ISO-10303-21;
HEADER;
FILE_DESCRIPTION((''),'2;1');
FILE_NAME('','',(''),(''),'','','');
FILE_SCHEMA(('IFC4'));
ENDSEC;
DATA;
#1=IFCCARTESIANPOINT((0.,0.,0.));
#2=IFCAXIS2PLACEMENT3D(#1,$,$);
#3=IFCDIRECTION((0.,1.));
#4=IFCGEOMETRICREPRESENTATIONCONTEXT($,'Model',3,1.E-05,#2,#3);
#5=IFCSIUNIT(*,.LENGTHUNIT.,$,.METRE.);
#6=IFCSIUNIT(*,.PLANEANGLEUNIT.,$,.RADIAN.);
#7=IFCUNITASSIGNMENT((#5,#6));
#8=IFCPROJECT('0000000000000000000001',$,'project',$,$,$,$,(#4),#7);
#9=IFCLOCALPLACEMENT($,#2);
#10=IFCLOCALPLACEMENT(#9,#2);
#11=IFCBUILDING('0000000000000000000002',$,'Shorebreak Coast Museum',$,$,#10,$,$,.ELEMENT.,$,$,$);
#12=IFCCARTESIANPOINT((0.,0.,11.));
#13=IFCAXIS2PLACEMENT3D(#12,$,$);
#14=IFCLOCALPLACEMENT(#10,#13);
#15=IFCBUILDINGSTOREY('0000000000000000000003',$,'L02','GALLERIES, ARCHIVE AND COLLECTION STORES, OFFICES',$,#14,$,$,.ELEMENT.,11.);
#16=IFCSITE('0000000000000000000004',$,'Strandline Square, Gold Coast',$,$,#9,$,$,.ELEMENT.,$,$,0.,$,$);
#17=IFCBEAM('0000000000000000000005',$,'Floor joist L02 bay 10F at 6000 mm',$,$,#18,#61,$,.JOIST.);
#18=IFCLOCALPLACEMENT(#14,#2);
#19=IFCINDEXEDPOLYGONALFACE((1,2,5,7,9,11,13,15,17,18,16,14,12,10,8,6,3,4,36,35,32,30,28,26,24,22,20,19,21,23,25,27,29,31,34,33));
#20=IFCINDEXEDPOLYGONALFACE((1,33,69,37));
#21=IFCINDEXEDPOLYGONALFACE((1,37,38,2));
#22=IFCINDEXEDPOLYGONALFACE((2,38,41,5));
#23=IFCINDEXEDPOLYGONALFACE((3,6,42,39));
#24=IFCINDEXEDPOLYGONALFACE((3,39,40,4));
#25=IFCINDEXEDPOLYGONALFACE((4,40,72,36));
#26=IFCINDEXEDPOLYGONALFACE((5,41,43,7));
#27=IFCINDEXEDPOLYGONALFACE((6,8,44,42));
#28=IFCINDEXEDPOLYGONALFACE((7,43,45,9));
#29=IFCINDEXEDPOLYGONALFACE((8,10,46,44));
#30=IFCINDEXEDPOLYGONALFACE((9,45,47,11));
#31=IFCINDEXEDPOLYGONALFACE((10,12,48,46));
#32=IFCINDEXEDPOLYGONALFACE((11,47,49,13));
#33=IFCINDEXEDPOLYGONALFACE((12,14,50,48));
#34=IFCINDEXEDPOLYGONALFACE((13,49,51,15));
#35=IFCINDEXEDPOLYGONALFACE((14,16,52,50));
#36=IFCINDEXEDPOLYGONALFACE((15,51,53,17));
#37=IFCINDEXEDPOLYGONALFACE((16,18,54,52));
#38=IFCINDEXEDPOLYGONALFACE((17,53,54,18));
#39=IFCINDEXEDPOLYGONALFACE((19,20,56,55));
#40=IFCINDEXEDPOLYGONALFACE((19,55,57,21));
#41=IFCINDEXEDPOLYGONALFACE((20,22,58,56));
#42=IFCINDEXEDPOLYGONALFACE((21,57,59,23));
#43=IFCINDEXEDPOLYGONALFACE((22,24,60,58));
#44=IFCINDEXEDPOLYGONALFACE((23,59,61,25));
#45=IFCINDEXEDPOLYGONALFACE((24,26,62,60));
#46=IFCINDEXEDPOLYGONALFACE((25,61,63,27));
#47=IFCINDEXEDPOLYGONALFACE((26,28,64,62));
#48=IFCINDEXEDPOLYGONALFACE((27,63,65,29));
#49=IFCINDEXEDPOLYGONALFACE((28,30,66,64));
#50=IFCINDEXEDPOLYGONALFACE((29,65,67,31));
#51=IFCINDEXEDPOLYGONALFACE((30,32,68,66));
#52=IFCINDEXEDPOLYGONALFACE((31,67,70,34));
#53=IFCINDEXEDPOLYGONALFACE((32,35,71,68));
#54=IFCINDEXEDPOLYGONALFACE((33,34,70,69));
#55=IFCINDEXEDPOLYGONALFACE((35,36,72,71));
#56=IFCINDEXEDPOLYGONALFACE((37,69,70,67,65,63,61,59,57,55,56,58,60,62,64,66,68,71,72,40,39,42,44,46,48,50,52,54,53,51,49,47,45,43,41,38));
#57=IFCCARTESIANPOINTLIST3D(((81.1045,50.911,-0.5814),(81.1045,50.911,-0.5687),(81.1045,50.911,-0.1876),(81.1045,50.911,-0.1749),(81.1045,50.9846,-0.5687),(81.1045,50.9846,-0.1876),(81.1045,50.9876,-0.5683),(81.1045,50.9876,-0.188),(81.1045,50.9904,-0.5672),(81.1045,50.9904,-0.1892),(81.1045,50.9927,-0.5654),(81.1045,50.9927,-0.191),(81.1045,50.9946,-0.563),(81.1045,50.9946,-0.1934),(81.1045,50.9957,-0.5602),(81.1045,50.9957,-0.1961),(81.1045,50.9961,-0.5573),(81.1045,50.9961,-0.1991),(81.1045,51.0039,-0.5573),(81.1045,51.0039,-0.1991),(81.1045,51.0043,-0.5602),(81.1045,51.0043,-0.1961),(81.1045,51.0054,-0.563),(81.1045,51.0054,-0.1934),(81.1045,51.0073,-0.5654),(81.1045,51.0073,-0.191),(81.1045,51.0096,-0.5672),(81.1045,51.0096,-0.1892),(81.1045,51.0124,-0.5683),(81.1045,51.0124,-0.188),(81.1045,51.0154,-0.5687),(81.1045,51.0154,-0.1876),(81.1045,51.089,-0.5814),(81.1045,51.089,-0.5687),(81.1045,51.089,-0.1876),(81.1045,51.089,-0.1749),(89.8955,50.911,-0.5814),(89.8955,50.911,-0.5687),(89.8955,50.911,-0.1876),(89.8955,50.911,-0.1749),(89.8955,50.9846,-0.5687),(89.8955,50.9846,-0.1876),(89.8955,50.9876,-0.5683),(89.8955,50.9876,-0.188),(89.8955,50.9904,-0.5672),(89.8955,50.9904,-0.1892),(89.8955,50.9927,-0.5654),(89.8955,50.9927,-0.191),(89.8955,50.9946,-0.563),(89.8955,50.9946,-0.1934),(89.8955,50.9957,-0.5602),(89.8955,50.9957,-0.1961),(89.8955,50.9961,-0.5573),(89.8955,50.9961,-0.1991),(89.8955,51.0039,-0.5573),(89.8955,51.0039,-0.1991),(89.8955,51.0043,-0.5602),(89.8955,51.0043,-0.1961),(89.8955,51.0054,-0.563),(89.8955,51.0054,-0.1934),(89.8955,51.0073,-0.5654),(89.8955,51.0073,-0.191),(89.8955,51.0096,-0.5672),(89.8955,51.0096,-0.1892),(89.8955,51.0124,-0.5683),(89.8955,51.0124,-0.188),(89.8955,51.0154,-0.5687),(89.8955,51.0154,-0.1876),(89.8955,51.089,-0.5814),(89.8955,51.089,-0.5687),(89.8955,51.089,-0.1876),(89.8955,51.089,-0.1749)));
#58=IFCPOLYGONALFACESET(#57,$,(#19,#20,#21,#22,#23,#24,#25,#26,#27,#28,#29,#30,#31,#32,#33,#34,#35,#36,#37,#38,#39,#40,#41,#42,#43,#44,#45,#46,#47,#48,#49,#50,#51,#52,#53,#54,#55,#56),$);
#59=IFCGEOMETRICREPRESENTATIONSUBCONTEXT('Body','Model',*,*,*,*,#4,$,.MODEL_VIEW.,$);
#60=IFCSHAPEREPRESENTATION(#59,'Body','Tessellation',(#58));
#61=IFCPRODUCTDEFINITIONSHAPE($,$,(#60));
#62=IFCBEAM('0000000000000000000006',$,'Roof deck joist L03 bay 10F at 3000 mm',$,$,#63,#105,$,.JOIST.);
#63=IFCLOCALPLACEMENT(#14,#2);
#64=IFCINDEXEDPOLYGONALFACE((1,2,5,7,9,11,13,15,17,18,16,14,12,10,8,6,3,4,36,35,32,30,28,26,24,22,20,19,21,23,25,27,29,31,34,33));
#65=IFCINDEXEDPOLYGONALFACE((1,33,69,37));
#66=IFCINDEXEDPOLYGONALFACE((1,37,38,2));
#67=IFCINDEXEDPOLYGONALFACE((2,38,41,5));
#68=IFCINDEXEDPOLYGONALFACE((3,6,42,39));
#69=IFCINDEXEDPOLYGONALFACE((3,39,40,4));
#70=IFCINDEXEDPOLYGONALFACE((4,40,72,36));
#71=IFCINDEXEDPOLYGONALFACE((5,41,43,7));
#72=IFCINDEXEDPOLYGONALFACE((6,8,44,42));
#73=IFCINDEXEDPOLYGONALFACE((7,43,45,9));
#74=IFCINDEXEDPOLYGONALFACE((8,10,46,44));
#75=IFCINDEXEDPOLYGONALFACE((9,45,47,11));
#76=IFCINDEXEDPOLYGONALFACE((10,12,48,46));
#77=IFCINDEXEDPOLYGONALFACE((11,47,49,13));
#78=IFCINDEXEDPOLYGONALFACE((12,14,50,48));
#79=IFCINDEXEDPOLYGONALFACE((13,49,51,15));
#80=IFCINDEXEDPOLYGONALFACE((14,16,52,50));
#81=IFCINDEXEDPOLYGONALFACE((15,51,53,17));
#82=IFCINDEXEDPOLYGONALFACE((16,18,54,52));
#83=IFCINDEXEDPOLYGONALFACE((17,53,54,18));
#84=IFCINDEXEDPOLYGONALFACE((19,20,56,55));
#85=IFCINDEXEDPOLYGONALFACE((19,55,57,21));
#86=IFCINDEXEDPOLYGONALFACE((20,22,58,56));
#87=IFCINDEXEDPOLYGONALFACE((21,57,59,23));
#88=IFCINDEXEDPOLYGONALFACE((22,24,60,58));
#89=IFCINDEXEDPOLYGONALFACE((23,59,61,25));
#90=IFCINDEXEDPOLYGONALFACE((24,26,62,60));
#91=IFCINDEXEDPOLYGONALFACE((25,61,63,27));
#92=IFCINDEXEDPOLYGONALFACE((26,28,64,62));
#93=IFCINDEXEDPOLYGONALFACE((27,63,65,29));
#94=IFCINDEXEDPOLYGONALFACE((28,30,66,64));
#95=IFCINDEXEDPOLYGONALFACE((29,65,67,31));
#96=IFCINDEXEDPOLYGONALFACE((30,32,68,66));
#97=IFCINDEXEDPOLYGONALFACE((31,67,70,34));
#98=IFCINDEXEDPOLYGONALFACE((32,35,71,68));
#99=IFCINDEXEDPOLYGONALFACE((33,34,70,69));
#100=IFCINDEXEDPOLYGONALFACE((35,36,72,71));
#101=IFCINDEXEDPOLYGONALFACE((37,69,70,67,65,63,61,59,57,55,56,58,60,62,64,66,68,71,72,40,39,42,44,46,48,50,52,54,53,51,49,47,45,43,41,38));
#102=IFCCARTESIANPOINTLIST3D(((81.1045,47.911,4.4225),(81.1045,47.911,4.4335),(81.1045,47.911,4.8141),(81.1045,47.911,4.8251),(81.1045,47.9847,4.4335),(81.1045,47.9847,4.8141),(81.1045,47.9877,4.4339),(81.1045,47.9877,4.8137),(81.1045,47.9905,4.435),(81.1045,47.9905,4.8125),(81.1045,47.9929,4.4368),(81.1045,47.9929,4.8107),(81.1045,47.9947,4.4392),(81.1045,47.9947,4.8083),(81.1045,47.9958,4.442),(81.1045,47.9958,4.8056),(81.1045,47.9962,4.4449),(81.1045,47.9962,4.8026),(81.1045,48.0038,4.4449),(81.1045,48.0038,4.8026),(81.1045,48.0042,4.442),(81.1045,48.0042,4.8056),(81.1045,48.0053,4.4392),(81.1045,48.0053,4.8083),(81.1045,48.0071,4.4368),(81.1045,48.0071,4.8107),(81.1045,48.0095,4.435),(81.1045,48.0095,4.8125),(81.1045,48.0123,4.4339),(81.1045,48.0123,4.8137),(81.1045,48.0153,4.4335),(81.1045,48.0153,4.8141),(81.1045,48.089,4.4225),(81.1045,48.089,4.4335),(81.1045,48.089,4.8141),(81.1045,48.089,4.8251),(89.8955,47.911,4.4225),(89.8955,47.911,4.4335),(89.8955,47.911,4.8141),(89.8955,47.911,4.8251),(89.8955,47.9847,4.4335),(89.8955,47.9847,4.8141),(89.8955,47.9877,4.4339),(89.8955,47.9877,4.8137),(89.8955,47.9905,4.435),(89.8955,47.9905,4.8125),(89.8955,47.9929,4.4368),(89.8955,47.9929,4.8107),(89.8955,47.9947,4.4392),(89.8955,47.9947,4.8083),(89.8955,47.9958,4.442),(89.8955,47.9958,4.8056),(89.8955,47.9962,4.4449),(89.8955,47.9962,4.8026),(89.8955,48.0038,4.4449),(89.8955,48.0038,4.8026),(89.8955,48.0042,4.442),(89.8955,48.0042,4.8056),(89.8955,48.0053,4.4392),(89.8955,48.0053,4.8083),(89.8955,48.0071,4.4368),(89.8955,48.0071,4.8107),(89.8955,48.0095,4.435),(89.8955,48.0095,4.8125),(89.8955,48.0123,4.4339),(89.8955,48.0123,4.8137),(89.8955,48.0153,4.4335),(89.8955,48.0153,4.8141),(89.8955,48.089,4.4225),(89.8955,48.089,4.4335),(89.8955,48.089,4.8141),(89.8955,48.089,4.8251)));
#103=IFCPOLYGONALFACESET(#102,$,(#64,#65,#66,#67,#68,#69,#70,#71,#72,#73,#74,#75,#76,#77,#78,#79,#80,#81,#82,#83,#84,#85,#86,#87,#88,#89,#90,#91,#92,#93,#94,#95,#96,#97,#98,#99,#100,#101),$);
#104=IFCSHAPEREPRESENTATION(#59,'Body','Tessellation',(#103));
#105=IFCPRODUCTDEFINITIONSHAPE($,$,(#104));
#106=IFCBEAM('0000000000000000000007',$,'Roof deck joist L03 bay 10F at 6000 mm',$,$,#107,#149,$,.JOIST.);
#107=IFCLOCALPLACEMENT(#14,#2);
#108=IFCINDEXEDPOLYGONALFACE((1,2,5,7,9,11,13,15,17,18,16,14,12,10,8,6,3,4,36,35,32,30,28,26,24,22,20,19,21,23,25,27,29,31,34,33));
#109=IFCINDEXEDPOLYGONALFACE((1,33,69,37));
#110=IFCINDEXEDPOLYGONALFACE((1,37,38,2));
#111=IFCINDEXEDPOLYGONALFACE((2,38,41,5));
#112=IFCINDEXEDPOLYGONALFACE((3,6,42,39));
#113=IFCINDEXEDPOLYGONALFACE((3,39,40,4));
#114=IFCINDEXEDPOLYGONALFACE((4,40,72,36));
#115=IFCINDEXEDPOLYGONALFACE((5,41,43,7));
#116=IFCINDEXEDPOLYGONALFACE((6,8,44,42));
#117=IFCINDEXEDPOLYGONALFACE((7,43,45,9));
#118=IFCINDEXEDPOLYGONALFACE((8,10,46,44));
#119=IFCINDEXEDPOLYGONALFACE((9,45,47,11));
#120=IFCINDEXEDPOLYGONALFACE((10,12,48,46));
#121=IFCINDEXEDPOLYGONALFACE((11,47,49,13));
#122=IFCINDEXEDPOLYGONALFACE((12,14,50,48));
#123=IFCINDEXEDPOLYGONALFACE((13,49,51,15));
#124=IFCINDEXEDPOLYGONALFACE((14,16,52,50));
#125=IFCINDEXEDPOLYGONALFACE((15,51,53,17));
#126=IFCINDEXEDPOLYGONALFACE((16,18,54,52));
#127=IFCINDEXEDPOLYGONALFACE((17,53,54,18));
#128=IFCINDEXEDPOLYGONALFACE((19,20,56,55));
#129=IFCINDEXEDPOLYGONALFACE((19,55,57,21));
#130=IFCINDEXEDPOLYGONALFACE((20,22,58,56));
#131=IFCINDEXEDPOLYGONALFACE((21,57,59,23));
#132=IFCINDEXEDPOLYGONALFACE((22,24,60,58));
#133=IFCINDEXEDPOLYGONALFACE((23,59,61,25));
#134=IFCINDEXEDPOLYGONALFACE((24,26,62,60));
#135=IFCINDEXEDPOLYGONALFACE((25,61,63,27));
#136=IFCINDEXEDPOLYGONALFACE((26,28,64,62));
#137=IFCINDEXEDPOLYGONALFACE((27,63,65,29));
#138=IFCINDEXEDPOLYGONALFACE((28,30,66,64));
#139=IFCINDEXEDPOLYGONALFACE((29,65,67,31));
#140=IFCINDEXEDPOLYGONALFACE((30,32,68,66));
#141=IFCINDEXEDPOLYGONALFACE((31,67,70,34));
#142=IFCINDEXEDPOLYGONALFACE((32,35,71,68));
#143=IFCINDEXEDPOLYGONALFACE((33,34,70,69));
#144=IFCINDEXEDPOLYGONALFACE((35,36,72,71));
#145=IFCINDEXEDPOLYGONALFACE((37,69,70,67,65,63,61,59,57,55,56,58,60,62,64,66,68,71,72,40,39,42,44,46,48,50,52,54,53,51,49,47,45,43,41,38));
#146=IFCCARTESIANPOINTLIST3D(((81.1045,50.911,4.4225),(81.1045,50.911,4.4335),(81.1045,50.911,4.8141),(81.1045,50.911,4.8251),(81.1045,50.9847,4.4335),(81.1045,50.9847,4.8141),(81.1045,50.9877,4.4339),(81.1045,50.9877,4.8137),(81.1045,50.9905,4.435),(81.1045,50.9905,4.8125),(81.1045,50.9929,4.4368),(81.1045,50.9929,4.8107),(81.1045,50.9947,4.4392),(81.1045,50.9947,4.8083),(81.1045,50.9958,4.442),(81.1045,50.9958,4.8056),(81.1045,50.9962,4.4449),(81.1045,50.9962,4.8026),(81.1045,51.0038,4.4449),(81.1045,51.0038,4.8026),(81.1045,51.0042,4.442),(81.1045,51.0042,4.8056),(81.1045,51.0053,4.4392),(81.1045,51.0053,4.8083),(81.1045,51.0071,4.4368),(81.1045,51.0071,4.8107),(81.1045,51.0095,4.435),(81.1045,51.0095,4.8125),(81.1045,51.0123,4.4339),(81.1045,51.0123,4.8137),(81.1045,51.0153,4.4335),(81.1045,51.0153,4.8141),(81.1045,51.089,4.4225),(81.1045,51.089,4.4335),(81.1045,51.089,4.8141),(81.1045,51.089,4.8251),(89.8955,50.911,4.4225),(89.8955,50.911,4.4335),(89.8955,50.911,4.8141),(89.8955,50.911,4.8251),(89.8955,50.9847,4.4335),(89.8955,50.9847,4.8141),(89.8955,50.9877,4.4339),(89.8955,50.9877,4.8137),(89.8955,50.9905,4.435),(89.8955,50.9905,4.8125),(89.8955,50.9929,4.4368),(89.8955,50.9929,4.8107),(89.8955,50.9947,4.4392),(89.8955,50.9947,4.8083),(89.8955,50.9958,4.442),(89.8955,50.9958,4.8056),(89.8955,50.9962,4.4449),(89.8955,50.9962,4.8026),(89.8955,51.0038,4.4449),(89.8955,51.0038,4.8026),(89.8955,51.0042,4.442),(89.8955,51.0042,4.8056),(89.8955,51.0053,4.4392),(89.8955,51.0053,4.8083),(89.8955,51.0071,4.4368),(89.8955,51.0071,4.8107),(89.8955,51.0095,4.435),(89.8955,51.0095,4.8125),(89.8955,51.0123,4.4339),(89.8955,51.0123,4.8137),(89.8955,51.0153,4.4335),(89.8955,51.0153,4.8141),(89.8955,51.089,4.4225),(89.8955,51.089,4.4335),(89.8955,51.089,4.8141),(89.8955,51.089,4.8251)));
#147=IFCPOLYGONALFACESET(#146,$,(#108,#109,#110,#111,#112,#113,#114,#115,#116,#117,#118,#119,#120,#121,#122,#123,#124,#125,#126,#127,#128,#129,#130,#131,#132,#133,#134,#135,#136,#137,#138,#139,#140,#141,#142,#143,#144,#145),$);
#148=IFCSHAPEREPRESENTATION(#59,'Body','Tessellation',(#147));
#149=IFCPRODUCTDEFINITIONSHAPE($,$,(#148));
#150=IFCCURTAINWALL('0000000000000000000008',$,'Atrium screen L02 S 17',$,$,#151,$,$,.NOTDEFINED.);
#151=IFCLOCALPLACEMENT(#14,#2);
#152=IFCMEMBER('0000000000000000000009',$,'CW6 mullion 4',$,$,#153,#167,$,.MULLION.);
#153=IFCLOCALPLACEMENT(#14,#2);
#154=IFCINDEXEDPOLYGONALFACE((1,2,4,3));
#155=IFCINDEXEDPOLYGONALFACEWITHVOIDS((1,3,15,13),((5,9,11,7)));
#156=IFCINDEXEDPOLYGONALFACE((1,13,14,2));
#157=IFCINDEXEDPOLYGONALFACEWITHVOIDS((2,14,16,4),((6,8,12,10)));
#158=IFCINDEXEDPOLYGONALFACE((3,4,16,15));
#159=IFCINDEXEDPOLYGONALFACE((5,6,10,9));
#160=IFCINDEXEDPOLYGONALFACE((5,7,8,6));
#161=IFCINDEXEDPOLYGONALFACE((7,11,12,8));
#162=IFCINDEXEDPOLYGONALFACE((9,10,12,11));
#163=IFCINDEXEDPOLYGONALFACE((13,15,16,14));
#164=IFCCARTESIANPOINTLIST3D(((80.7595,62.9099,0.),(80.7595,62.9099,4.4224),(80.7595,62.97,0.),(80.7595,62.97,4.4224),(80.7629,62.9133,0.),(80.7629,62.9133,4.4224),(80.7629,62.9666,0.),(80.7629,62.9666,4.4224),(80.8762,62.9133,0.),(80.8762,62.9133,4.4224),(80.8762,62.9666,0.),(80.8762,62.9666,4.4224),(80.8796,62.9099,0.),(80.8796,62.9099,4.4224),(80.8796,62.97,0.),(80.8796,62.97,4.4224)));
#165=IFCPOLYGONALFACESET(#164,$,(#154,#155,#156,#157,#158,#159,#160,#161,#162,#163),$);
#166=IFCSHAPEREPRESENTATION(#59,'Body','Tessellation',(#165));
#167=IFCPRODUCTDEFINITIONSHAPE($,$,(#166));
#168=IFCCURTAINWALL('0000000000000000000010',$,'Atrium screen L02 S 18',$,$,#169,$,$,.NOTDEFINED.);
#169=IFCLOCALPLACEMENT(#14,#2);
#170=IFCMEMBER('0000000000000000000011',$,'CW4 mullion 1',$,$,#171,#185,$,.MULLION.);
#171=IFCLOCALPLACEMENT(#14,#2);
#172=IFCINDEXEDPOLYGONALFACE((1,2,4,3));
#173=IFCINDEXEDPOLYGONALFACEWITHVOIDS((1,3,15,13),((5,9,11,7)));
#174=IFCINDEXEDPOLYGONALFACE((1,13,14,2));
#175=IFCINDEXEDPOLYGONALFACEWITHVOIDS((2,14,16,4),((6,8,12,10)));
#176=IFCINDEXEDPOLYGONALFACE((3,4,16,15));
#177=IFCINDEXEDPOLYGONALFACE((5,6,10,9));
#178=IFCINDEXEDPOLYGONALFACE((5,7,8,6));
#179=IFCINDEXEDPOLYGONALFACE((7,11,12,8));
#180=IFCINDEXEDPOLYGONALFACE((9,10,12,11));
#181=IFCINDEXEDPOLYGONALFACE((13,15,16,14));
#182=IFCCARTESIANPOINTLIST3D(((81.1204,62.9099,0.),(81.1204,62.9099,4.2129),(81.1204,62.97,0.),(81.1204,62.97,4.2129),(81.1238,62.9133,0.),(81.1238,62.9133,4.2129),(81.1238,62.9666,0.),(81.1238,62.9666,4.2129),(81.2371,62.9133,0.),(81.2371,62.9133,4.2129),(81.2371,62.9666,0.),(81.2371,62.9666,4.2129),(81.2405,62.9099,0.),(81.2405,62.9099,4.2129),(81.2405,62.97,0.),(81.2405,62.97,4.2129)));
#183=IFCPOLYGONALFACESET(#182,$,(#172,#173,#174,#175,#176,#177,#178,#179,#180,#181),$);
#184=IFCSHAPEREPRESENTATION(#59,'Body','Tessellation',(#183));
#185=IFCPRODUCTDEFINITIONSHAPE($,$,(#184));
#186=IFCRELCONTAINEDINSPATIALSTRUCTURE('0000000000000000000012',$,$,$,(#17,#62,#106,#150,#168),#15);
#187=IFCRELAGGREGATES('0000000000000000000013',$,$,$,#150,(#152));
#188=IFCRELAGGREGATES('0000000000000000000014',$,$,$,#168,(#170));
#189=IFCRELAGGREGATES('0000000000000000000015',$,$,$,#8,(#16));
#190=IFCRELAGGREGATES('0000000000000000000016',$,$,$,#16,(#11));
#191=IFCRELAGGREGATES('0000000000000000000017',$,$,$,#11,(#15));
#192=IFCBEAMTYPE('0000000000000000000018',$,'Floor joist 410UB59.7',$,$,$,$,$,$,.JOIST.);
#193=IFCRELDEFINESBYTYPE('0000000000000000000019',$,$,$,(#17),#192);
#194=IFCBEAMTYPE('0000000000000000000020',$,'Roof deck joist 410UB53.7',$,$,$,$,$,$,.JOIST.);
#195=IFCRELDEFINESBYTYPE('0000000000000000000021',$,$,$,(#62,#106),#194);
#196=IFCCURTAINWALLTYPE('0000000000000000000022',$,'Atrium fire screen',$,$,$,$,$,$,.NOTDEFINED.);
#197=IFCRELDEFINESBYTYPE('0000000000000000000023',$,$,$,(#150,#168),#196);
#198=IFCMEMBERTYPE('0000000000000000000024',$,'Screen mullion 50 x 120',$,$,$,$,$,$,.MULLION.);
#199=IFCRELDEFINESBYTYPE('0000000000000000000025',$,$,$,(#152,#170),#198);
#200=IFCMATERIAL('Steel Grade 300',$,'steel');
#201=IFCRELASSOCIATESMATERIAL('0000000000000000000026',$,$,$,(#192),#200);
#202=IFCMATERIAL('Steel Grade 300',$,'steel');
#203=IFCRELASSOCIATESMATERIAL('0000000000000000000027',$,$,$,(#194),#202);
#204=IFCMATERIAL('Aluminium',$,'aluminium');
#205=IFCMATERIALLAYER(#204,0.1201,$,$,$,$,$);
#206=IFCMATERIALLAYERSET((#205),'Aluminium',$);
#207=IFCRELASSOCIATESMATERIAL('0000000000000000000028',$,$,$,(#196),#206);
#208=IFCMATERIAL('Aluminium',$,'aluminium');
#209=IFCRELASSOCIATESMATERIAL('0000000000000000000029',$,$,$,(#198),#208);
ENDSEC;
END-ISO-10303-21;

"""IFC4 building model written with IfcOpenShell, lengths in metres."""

from ifc_helpers import new_model, si_unit, direction, frame, origin, origin_2d, place, context, subcontext, project, spatial, hollow_rectangle, i_section, extrude, material, layer, layer_set, material_profile, profile_set, type_object, element, aggregate, save


model = new_model("IFC4")

# Units and contexts
model_context = context("Model", 3, precision=1e-05, world=origin(), true_north=direction((0.0, 1.0)))
body_context = subcontext(model_context, "Body", "Model", "MODEL_VIEW")
ifc_project = project(units=[si_unit("LENGTHUNIT", "METRE"), si_unit("PLANEANGLEUNIT", "RADIAN")], contexts=[model_context])

# Site, building, storey
site_placement = place(None, origin())
site = spatial("IfcSite", under=ifc_project, at=site_placement, Name="Strandline Square, Gold Coast", CompositionType="ELEMENT", RefElevation=0.0)
building_placement = place(site_placement, origin())
building = spatial("IfcBuilding", under=site, at=building_placement, Name="Shorebreak Coast Museum", CompositionType="ELEMENT")
storey_placement = place(building_placement, frame((0.0, 0.0, 11.0)))
storey = spatial("IfcBuildingStorey", under=building, at=storey_placement, Name="L02", Description="GALLERIES, ARCHIVE AND COLLECTION STORES, OFFICES", CompositionType="ELEMENT", Elevation=11.0)

# Beams
ifc_material_1 = material(Name="Steel Grade 300", Category="steel")
ifc_material_profile_1 = material_profile(ifc_material_1, i_section(OverallWidth=0.178, OverallDepth=0.4065, WebThickness=0.0078, FlangeThickness=0.0127, FilletRadius=0.0115, at=origin_2d()), Name="410UB59.7")
ifc_profile_set_1 = profile_set([ifc_material_profile_1], Name="Steel Grade 300")
beam_type_1 = type_object("IfcBeamType", Name="Floor joist 410UB59.7", PredefinedType="JOIST", material=ifc_profile_set_1)
for number, where, z_axis, x_axis, name in (
    (1, (81.1045, 51.0, -0.3782), (1.0, 0.0, 0.0), (0.0, 1.0, 0.0), "Floor joist L02 bay 10F at 6000 mm"),
):
    element("IfcBeam", number, at=place(storey_placement, frame(where, z_axis=z_axis, x_axis=x_axis)), inside=storey, type_object=beam_type_1, Name=name, PredefinedType="JOIST", context=body_context, shape_type="SweptSolid", body=[
        extrude(i_section(OverallWidth=0.178, OverallDepth=0.4065, WebThickness=0.0078, FlangeThickness=0.0127, FilletRadius=0.0115, at=origin_2d()), origin(), (0.0, 0.0, 1.0), 8.791),
    ])
ifc_material_2 = material(Name="Steel Grade 300", Category="steel")
ifc_material_profile_2 = material_profile(ifc_material_2, i_section(OverallWidth=0.178, OverallDepth=0.4026, WebThickness=0.0076, FlangeThickness=0.011, FilletRadius=0.0115, at=origin_2d()), Name="410UB53.7")
ifc_profile_set_2 = profile_set([ifc_material_profile_2], Name="Steel Grade 300")
beam_type_2 = type_object("IfcBeamType", Name="Roof deck joist 410UB53.7", PredefinedType="JOIST", material=ifc_profile_set_2)
for number, where, z_axis, x_axis, name in (
    (2, (81.1045, 48.0, 4.6238), (1.0, 0.0, 0.0), (0.0, 1.0, 0.0), "Roof deck joist L03 bay 10F at 3000 mm"),
    (3, (81.1045, 51.0, 4.6238), (1.0, 0.0, 0.0), (0.0, 1.0, 0.0), "Roof deck joist L03 bay 10F at 6000 mm"),
):
    element("IfcBeam", number, at=place(storey_placement, frame(where, z_axis=z_axis, x_axis=x_axis)), inside=storey, type_object=beam_type_2, Name=name, PredefinedType="JOIST", context=body_context, shape_type="SweptSolid", body=[
        extrude(i_section(OverallWidth=0.178, OverallDepth=0.4026, WebThickness=0.0076, FlangeThickness=0.011, FilletRadius=0.0115, at=origin_2d()), origin(), (0.0, 0.0, 1.0), 8.791),
    ])

# Curtain wall, member
ifc_material_3 = material(Name="Aluminium", Category="aluminium")
ifc_layer_1 = layer(ifc_material_3, 0.1201)
ifc_layer_set_1 = layer_set([ifc_layer_1], Name="Aluminium")
curtain_wall_type = type_object("IfcCurtainWallType", Name="Atrium fire screen", PredefinedType="NOTDEFINED", material=ifc_layer_set_1)
curtain_wall_1_placement = place(storey_placement, origin())
curtain_wall_1 = element("IfcCurtainWall", 4, at=curtain_wall_1_placement, inside=storey, type_object=curtain_wall_type, Name="Atrium screen L02 S 17", PredefinedType="NOTDEFINED")
ifc_material_4 = material(Name="Aluminium", Category="aluminium")
ifc_material_profile_3 = material_profile(ifc_material_4, hollow_rectangle(XDim=0.0601, YDim=0.1201, WallThickness=0.0034, at=origin_2d()), Name="AL 120x60 RHS")
ifc_profile_set_3 = profile_set([ifc_material_profile_3], Name="Aluminium")
member_type_1 = type_object("IfcMemberType", Name="Screen mullion 50 x 120", PredefinedType="MULLION", material=ifc_profile_set_3)
member_1_placement = place(storey_placement, frame((80.8196, 62.9399, 0.0), z_axis=(0.0, 0.0, 1.0), x_axis=(0.0, 1.0, 0.0)))
member_1 = element("IfcMember", 5, at=member_1_placement, type_object=member_type_1, Name="CW6 mullion 4", PredefinedType="MULLION", context=body_context, shape_type="SweptSolid", body=[
    extrude(hollow_rectangle(XDim=0.0601, YDim=0.1201, WallThickness=0.0034, at=origin_2d()), origin(), (0.0, 0.0, 1.0), 4.4224),
])
aggregate(curtain_wall_1, [member_1])

# Curtain wall, member
curtain_wall_2_placement = place(storey_placement, origin())
curtain_wall_2 = element("IfcCurtainWall", 6, at=curtain_wall_2_placement, inside=storey, type_object=curtain_wall_type, Name="Atrium screen L02 S 18", PredefinedType="NOTDEFINED")
member_2_placement = place(storey_placement, frame((81.1804, 62.9399, 0.0), z_axis=(0.0, 0.0, 1.0), x_axis=(0.0, 1.0, 0.0)))
member_2 = element("IfcMember", 7, at=member_2_placement, type_object=member_type_1, Name="CW4 mullion 1", PredefinedType="MULLION", context=body_context, shape_type="SweptSolid", body=[
    extrude(hollow_rectangle(XDim=0.0601, YDim=0.1201, WallThickness=0.0034, at=origin_2d()), origin(), (0.0, 0.0, 1.0), 4.2129),
])
aggregate(curtain_wall_2, [member_2])

save(model, "model.ifc")
